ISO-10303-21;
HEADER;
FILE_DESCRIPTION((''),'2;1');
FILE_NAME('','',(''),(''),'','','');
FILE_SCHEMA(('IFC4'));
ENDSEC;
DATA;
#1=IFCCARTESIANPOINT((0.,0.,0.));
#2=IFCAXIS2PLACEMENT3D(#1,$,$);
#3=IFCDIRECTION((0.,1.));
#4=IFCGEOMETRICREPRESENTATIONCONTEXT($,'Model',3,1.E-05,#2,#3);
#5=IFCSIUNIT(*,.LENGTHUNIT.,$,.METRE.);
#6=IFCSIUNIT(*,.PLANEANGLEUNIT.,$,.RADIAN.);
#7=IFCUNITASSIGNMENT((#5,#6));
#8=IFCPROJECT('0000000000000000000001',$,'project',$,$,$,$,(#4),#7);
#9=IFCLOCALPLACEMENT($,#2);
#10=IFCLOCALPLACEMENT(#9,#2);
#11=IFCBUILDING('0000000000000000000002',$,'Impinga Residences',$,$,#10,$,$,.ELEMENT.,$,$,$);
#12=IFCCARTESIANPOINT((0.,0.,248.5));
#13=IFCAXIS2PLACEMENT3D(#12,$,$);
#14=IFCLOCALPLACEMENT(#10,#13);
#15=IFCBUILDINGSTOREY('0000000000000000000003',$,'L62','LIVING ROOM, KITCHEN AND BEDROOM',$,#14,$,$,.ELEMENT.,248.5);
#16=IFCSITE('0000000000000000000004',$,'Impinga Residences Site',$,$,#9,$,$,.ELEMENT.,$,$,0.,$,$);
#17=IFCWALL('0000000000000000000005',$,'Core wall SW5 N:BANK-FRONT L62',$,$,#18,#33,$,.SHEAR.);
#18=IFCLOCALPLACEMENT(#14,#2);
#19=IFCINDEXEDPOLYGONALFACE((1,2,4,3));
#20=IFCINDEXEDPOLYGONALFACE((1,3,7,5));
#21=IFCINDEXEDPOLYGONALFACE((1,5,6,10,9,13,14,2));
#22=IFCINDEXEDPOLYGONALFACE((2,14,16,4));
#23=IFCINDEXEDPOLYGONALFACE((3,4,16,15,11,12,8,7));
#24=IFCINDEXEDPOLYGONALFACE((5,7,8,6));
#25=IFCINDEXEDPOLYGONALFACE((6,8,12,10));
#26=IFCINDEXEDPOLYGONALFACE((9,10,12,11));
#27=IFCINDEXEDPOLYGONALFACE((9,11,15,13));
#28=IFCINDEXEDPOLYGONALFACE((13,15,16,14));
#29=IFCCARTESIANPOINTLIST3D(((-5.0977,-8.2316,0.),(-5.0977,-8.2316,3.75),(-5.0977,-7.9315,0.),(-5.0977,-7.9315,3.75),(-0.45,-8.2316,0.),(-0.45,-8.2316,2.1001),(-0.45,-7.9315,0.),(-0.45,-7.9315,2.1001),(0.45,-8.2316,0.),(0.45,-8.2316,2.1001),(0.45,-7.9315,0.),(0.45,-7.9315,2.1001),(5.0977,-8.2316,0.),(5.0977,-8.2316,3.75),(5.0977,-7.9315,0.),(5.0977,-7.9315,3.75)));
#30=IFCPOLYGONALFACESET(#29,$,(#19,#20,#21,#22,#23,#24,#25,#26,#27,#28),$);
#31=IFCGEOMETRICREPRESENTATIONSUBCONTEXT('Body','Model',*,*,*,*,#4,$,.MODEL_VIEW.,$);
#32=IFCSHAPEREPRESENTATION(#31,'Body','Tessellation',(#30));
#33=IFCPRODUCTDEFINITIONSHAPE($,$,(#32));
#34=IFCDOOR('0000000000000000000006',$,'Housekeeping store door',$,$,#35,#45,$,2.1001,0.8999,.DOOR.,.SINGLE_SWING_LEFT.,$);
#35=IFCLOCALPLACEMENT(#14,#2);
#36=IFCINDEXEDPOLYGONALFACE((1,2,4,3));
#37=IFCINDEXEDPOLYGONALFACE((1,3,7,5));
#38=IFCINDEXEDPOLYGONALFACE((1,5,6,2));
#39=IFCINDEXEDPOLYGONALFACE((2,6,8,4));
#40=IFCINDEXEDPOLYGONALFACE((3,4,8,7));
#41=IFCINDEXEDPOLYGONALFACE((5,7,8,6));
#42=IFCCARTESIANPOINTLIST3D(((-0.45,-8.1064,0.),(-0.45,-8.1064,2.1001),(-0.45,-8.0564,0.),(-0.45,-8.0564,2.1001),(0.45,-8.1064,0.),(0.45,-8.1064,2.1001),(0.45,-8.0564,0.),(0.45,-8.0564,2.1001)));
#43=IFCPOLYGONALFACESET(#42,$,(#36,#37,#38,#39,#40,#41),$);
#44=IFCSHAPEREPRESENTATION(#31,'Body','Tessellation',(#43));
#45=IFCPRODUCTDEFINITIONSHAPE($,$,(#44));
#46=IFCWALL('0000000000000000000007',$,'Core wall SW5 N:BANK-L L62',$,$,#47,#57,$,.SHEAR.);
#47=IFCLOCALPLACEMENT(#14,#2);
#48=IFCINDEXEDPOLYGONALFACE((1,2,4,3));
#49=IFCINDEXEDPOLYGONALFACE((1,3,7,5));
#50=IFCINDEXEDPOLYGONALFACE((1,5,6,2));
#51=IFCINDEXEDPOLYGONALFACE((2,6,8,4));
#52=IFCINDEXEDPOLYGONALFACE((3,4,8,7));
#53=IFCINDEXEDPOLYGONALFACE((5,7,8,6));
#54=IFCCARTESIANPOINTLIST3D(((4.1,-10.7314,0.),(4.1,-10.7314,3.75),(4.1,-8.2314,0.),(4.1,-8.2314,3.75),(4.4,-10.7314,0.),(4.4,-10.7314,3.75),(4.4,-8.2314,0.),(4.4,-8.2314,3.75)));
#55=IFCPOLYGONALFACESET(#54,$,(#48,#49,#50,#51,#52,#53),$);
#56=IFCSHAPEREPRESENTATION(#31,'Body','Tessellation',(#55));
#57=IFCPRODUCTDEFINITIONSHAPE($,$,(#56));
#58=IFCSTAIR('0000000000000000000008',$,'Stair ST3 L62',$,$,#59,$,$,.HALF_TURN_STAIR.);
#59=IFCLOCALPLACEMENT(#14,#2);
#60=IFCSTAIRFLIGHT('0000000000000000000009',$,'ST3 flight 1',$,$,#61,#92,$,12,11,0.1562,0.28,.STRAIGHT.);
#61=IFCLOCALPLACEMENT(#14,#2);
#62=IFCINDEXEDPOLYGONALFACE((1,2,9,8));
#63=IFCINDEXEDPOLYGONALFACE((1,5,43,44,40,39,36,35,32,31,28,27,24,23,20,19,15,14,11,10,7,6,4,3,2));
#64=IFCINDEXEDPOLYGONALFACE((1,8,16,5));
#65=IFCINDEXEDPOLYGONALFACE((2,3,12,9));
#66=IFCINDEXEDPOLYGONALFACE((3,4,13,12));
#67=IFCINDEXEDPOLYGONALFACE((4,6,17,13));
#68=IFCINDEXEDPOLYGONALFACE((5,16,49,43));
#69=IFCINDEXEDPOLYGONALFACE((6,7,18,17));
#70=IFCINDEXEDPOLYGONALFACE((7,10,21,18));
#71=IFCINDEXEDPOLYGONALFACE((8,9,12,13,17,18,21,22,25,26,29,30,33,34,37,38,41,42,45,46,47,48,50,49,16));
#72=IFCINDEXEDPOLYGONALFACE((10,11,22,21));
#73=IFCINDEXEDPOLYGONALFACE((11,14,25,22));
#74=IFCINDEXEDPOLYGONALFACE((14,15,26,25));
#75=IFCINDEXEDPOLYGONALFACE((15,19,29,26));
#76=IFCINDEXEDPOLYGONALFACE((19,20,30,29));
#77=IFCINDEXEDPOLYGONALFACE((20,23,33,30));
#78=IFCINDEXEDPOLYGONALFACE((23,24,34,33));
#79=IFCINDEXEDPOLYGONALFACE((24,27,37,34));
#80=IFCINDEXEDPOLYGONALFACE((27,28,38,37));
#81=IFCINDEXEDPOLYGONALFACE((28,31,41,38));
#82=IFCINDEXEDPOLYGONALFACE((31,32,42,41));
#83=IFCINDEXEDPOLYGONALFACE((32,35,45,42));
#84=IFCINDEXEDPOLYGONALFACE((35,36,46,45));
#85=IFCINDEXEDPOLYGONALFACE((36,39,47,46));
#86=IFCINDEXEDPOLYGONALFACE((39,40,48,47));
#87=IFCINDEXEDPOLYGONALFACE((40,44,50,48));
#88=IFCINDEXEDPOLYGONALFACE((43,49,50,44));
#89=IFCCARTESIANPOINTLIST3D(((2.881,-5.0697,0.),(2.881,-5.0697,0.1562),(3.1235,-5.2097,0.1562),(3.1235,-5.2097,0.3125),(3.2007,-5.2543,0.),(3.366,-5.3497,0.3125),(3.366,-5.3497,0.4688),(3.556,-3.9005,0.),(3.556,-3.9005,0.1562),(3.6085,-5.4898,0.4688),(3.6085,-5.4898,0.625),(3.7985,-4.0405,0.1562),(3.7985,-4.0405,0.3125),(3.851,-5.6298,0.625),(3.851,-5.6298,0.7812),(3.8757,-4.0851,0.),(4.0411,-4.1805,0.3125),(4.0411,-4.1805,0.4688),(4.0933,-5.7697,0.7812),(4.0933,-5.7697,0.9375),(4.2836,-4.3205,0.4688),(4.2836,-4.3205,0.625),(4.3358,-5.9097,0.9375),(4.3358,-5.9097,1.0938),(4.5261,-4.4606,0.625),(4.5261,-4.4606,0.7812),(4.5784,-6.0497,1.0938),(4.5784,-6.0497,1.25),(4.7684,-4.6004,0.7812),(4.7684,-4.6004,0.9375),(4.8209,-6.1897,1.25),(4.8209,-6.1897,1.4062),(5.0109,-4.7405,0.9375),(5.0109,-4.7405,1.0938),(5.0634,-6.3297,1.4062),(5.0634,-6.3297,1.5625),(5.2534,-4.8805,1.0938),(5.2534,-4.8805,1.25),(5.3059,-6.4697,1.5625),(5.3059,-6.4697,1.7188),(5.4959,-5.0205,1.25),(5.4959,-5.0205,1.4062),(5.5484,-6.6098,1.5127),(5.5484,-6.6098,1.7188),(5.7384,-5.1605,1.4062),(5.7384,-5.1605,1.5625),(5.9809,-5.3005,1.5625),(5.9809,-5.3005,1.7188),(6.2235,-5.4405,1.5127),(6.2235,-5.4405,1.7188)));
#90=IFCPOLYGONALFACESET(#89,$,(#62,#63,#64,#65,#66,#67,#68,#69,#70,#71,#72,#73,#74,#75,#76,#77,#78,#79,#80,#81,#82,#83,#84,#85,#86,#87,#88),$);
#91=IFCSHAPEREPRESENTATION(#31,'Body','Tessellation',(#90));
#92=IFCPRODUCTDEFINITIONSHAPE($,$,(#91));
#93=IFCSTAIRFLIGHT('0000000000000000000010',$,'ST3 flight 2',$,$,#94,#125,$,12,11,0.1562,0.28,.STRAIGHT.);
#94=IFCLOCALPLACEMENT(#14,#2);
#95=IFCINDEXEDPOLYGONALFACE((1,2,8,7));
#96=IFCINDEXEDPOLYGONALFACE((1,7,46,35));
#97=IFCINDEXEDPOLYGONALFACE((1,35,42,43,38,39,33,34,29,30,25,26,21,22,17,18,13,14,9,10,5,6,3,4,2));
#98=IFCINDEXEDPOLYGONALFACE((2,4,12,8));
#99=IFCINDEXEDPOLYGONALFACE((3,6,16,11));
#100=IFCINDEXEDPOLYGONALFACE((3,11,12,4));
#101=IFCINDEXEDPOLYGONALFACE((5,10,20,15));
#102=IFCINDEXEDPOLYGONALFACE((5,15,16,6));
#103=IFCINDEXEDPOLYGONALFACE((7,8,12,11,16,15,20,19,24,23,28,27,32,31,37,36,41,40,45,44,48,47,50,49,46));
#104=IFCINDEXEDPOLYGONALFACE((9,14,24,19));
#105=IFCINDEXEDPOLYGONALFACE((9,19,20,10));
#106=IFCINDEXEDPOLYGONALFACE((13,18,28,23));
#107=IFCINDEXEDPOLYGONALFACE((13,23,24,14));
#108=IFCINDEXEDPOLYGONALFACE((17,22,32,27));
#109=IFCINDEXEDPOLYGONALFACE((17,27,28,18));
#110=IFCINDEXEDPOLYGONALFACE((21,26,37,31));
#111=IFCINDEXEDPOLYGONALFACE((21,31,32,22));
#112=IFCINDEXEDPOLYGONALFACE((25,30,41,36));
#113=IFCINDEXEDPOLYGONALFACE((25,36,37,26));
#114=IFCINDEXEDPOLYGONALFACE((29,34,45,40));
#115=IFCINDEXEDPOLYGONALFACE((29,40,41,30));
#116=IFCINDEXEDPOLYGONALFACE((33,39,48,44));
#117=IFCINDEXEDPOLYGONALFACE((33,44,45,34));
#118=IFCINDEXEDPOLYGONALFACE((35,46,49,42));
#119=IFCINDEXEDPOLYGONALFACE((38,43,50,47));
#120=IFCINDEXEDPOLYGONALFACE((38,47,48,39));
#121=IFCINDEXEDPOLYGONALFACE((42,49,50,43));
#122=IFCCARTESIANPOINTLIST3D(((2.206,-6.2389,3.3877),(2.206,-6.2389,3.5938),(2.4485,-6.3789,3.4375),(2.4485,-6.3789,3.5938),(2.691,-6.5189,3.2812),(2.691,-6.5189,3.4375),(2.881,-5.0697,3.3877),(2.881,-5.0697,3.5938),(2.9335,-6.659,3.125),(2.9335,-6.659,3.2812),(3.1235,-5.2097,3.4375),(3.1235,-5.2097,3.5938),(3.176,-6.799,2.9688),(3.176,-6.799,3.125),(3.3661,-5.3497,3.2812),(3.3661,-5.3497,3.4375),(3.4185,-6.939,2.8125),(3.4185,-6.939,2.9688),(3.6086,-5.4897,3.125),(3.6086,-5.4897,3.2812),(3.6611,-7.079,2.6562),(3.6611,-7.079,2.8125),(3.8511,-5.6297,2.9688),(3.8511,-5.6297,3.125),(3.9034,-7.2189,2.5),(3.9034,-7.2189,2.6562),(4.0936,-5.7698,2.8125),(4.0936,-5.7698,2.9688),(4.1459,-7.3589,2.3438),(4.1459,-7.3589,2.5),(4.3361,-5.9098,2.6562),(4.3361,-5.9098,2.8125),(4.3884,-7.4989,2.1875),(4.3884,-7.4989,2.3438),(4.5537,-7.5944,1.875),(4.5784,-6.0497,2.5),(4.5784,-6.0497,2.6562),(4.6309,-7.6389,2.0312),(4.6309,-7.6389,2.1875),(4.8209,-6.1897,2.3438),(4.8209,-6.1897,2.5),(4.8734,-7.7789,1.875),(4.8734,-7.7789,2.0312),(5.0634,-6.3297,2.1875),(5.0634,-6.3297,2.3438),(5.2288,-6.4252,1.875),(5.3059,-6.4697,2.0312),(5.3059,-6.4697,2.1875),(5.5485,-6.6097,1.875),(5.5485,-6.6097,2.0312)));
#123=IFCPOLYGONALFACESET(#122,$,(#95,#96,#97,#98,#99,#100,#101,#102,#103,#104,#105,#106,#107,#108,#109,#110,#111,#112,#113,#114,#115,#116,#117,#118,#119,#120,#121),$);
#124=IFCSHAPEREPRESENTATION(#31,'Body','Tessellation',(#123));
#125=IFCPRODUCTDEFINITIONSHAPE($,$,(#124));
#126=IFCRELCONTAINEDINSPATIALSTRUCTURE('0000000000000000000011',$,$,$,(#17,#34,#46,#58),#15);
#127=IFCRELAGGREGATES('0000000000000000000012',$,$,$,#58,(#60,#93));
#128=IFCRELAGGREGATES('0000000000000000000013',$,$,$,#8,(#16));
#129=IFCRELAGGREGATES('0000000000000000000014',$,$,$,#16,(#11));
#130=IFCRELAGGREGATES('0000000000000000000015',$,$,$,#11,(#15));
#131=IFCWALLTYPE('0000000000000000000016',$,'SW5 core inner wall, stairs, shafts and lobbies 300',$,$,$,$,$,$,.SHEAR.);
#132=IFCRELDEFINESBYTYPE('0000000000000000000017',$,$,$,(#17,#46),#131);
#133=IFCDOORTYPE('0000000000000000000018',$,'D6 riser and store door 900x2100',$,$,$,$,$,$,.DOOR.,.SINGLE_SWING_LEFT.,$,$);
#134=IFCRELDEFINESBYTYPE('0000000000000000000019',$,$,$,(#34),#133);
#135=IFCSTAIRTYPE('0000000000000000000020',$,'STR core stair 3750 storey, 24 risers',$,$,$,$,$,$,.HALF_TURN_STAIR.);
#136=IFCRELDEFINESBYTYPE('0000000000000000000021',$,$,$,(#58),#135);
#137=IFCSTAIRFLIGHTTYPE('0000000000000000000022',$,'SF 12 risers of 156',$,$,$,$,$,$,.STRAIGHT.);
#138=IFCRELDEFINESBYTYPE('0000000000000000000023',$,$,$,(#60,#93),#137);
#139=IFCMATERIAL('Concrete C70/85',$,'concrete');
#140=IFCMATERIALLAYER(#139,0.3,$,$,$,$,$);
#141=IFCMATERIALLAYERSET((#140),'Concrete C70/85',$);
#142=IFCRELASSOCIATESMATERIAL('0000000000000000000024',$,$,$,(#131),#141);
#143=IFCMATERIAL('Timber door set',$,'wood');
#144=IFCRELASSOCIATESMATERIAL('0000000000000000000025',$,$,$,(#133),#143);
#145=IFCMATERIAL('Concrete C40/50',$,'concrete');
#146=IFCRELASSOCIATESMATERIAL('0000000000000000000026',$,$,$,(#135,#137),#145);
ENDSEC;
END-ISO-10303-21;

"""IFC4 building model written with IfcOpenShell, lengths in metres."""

from ifc_helpers import new_model, si_unit, direction, frame, frame_2d, origin, place, context, subcontext, project, spatial, polyline, rectangle, outline, extrude, material, layer, layer_set, type_object, element, fill, aggregate, save


model = new_model("IFC4")

# Units and contexts
model_context = context("Model", 3, precision=1e-05, world=origin(), true_north=direction((0.0, 1.0)))
body_context = subcontext(model_context, "Body", "Model", "MODEL_VIEW")
ifc_project = project(units=[si_unit("LENGTHUNIT", "METRE"), si_unit("PLANEANGLEUNIT", "RADIAN")], contexts=[model_context])

# Site, building, storey
site_placement = place(None, origin())
site = spatial("IfcSite", under=ifc_project, at=site_placement, Name="Impinga Residences Site", CompositionType="ELEMENT", RefElevation=0.0)
building_placement = place(site_placement, origin())
building = spatial("IfcBuilding", under=site, at=building_placement, Name="Impinga Residences", CompositionType="ELEMENT")
storey_placement = place(building_placement, frame((0.0, 0.0, 248.5)))
storey = spatial("IfcBuildingStorey", under=building, at=storey_placement, Name="L62", Description="LIVING ROOM, KITCHEN AND BEDROOM", CompositionType="ELEMENT", Elevation=248.5)

# Shared definitions
ifc_material_1 = material(Name="Timber door set", Category="wood")

# Shared definitions
ifc_material_2 = material(Name="Concrete C70/85", Category="concrete")
ifc_layer_1 = layer(ifc_material_2, 0.3)
ifc_layer_set_1 = layer_set([ifc_layer_1], Name="Concrete C70/85")
wall_type_1 = type_object("IfcWallType", Name="SW5 core inner wall, stairs, shafts and lobbies 300", PredefinedType="SHEAR", material=ifc_layer_set_1)

# Wall, opening, door
wall_1_placement = place(storey_placement, frame((5.0977, -8.0815, 0.0), z_axis=(0.0, 0.0, 1.0), x_axis=(-1.0, 0.0, 0.0)))
wall_1 = element("IfcWall", 1, at=wall_1_placement, inside=storey, type_object=wall_type_1, Name="Core wall SW5 N:BANK-FRONT L62", PredefinedType="SHEAR", context=body_context, shape_type="SweptSolid", body=[
    extrude(rectangle(XDim=10.1953, YDim=0.3, at=frame_2d((5.0977, 0.0))), origin(), (0.0, 0.0, 1.0), 3.75),
])
opening_1_placement = place(wall_1_placement, frame((4.6477, 0.0, 0.0)))
opening_1 = element("IfcOpeningElement", 2, at=opening_1_placement, cuts=wall_1, PredefinedType="OPENING", context=body_context, shape_type="SweptSolid", body=[
    extrude(rectangle(XDim=0.8999, YDim=2.1001, at=frame_2d((0.45, 1.05))), frame((0.0, 0.1599, 0.0), z_axis=(0.0, -1.0, 0.0), x_axis=(1.0, 0.0, 0.0)), (0.0, 0.0, 1.0), 0.3201),
])
door_type_1 = type_object("IfcDoorType", Name="D6 riser and store door 900x2100", OperationType="SINGLE_SWING_LEFT", PredefinedType="DOOR", material=ifc_material_1)
door_1_placement = place(opening_1_placement, origin())
door_1 = element("IfcDoor", 3, at=door_1_placement, inside=storey, type_object=door_type_1, Name="Housekeeping store door", OperationType="SINGLE_SWING_LEFT", OverallHeight=2.1001, OverallWidth=0.8999, PredefinedType="DOOR", context=body_context, shape_type="SweptSolid", body=[
    extrude(rectangle(XDim=0.8999, YDim=2.1001, at=frame_2d((0.45, 1.05))), frame((0.0, 0.0249, 0.0), z_axis=(0.0, -1.0, 0.0), x_axis=(1.0, 0.0, 0.0)), (0.0, 0.0, 1.0), 0.05),
])
fill(opening_1, door_1)

# Wall
wall_2_placement = place(storey_placement, frame((4.25, -8.2314, 0.0), z_axis=(0.0, 0.0, 1.0), x_axis=(0.0, -1.0, 0.0)))
element("IfcWall", 4, at=wall_2_placement, inside=storey, type_object=wall_type_1, Name="Core wall SW5 N:BANK-L L62", PredefinedType="SHEAR", context=body_context, shape_type="SweptSolid", body=[
    extrude(rectangle(XDim=2.5, YDim=0.3, at=frame_2d((1.25, 0.0))), origin(), (0.0, 0.0, 1.0), 3.75),
])

# Stair, stair flights
ifc_material_3 = material(Name="Concrete C40/50", Category="concrete")
stair_type = type_object("IfcStairType", Name="STR core stair 3750 storey, 24 risers", PredefinedType="HALF_TURN_STAIR", material=ifc_material_3)
stair_placement = place(storey_placement, origin())
stair = element("IfcStair", 5, at=stair_placement, inside=storey, type_object=stair_type, Name="Stair ST3 L62", PredefinedType="HALF_TURN_STAIR")
stair_flight_type = type_object("IfcStairFlightType", Name="SF 12 risers of 156", PredefinedType="STRAIGHT", material=ifc_material_3)
stair_flight_1_placement = place(storey_placement, frame((3.2185, -4.4851, 0.0), z_axis=(0.0, 0.0, 1.0), x_axis=(0.866025, -0.5, 0.0)))
stair_flight_1 = element("IfcStairFlight", 6, at=stair_flight_1_placement, type_object=stair_flight_type, Name="ST3 flight 1", NumberOfRisers=12, NumberOfTreads=11, PredefinedType="STRAIGHT", RiserHeight=0.1562, TreadLength=0.28, context=body_context, shape_type="SweptSolid", body=[
    extrude(outline(polyline([(0.0, 0.0), (0.0, 0.1562), (0.28, 0.1562), (0.28, 0.3125), (0.5601, 0.3125), (0.5601, 0.4688), (0.8401, 0.4688), (0.8401, 0.625), (1.1201, 0.625), (1.1201, 0.7812), (1.3999, 0.7812), (1.3999, 0.9375), (1.6799, 0.9375), (1.6799, 1.0938), (1.96, 1.0938), (1.96, 1.25), (2.24, 1.25), (2.24, 1.4062), (2.52, 1.4062), (2.52, 1.5625), (2.8, 1.5625), (2.8, 1.7188), (3.0801, 1.7188), (3.0801, 1.875), (3.0801, 1.5127), (0.3691, 0.0), (0.0, 0.0)])), frame((0.0, 0.675, 0.0), z_axis=(0.0, -1.0, 0.0), x_axis=(1.0, 0.0, 0.0)), (0.0, 0.0, 1.0), 1.3501),
])
stair_flight_2_placement = place(storey_placement, frame((5.2109, -7.1943, 1.875), z_axis=(0.0, 0.0, 1.0), x_axis=(-0.866025, 0.5, 0.0)))
stair_flight_2 = element("IfcStairFlight", 7, at=stair_flight_2_placement, type_object=stair_flight_type, Name="ST3 flight 2", NumberOfRisers=12, NumberOfTreads=11, PredefinedType="STRAIGHT", RiserHeight=0.1562, TreadLength=0.28, context=body_context, shape_type="SweptSolid", body=[
    extrude(outline(polyline([(0.0, 0.0), (0.0, 0.1562), (0.28, 0.1562), (0.28, 0.3125), (0.5601, 0.3125), (0.5601, 0.4688), (0.8401, 0.4688), (0.8401, 0.625), (1.1201, 0.625), (1.1201, 0.7812), (1.3999, 0.7812), (1.3999, 0.9375), (1.6799, 0.9375), (1.6799, 1.0938), (1.96, 1.0938), (1.96, 1.25), (2.24, 1.25), (2.24, 1.4062), (2.52, 1.4062), (2.52, 1.5625), (2.8, 1.5625), (2.8, 1.7188), (3.0801, 1.7188), (3.0801, 1.875), (3.0801, 1.5127), (0.3691, 0.0), (0.0, 0.0)])), frame((0.0, 0.675, 0.0), z_axis=(0.0, -1.0, 0.0), x_axis=(1.0, 0.0, 0.0)), (0.0, 0.0, 1.0), 1.3501),
])
aggregate(stair, [stair_flight_1, stair_flight_2])

save(model, "model.ifc")
